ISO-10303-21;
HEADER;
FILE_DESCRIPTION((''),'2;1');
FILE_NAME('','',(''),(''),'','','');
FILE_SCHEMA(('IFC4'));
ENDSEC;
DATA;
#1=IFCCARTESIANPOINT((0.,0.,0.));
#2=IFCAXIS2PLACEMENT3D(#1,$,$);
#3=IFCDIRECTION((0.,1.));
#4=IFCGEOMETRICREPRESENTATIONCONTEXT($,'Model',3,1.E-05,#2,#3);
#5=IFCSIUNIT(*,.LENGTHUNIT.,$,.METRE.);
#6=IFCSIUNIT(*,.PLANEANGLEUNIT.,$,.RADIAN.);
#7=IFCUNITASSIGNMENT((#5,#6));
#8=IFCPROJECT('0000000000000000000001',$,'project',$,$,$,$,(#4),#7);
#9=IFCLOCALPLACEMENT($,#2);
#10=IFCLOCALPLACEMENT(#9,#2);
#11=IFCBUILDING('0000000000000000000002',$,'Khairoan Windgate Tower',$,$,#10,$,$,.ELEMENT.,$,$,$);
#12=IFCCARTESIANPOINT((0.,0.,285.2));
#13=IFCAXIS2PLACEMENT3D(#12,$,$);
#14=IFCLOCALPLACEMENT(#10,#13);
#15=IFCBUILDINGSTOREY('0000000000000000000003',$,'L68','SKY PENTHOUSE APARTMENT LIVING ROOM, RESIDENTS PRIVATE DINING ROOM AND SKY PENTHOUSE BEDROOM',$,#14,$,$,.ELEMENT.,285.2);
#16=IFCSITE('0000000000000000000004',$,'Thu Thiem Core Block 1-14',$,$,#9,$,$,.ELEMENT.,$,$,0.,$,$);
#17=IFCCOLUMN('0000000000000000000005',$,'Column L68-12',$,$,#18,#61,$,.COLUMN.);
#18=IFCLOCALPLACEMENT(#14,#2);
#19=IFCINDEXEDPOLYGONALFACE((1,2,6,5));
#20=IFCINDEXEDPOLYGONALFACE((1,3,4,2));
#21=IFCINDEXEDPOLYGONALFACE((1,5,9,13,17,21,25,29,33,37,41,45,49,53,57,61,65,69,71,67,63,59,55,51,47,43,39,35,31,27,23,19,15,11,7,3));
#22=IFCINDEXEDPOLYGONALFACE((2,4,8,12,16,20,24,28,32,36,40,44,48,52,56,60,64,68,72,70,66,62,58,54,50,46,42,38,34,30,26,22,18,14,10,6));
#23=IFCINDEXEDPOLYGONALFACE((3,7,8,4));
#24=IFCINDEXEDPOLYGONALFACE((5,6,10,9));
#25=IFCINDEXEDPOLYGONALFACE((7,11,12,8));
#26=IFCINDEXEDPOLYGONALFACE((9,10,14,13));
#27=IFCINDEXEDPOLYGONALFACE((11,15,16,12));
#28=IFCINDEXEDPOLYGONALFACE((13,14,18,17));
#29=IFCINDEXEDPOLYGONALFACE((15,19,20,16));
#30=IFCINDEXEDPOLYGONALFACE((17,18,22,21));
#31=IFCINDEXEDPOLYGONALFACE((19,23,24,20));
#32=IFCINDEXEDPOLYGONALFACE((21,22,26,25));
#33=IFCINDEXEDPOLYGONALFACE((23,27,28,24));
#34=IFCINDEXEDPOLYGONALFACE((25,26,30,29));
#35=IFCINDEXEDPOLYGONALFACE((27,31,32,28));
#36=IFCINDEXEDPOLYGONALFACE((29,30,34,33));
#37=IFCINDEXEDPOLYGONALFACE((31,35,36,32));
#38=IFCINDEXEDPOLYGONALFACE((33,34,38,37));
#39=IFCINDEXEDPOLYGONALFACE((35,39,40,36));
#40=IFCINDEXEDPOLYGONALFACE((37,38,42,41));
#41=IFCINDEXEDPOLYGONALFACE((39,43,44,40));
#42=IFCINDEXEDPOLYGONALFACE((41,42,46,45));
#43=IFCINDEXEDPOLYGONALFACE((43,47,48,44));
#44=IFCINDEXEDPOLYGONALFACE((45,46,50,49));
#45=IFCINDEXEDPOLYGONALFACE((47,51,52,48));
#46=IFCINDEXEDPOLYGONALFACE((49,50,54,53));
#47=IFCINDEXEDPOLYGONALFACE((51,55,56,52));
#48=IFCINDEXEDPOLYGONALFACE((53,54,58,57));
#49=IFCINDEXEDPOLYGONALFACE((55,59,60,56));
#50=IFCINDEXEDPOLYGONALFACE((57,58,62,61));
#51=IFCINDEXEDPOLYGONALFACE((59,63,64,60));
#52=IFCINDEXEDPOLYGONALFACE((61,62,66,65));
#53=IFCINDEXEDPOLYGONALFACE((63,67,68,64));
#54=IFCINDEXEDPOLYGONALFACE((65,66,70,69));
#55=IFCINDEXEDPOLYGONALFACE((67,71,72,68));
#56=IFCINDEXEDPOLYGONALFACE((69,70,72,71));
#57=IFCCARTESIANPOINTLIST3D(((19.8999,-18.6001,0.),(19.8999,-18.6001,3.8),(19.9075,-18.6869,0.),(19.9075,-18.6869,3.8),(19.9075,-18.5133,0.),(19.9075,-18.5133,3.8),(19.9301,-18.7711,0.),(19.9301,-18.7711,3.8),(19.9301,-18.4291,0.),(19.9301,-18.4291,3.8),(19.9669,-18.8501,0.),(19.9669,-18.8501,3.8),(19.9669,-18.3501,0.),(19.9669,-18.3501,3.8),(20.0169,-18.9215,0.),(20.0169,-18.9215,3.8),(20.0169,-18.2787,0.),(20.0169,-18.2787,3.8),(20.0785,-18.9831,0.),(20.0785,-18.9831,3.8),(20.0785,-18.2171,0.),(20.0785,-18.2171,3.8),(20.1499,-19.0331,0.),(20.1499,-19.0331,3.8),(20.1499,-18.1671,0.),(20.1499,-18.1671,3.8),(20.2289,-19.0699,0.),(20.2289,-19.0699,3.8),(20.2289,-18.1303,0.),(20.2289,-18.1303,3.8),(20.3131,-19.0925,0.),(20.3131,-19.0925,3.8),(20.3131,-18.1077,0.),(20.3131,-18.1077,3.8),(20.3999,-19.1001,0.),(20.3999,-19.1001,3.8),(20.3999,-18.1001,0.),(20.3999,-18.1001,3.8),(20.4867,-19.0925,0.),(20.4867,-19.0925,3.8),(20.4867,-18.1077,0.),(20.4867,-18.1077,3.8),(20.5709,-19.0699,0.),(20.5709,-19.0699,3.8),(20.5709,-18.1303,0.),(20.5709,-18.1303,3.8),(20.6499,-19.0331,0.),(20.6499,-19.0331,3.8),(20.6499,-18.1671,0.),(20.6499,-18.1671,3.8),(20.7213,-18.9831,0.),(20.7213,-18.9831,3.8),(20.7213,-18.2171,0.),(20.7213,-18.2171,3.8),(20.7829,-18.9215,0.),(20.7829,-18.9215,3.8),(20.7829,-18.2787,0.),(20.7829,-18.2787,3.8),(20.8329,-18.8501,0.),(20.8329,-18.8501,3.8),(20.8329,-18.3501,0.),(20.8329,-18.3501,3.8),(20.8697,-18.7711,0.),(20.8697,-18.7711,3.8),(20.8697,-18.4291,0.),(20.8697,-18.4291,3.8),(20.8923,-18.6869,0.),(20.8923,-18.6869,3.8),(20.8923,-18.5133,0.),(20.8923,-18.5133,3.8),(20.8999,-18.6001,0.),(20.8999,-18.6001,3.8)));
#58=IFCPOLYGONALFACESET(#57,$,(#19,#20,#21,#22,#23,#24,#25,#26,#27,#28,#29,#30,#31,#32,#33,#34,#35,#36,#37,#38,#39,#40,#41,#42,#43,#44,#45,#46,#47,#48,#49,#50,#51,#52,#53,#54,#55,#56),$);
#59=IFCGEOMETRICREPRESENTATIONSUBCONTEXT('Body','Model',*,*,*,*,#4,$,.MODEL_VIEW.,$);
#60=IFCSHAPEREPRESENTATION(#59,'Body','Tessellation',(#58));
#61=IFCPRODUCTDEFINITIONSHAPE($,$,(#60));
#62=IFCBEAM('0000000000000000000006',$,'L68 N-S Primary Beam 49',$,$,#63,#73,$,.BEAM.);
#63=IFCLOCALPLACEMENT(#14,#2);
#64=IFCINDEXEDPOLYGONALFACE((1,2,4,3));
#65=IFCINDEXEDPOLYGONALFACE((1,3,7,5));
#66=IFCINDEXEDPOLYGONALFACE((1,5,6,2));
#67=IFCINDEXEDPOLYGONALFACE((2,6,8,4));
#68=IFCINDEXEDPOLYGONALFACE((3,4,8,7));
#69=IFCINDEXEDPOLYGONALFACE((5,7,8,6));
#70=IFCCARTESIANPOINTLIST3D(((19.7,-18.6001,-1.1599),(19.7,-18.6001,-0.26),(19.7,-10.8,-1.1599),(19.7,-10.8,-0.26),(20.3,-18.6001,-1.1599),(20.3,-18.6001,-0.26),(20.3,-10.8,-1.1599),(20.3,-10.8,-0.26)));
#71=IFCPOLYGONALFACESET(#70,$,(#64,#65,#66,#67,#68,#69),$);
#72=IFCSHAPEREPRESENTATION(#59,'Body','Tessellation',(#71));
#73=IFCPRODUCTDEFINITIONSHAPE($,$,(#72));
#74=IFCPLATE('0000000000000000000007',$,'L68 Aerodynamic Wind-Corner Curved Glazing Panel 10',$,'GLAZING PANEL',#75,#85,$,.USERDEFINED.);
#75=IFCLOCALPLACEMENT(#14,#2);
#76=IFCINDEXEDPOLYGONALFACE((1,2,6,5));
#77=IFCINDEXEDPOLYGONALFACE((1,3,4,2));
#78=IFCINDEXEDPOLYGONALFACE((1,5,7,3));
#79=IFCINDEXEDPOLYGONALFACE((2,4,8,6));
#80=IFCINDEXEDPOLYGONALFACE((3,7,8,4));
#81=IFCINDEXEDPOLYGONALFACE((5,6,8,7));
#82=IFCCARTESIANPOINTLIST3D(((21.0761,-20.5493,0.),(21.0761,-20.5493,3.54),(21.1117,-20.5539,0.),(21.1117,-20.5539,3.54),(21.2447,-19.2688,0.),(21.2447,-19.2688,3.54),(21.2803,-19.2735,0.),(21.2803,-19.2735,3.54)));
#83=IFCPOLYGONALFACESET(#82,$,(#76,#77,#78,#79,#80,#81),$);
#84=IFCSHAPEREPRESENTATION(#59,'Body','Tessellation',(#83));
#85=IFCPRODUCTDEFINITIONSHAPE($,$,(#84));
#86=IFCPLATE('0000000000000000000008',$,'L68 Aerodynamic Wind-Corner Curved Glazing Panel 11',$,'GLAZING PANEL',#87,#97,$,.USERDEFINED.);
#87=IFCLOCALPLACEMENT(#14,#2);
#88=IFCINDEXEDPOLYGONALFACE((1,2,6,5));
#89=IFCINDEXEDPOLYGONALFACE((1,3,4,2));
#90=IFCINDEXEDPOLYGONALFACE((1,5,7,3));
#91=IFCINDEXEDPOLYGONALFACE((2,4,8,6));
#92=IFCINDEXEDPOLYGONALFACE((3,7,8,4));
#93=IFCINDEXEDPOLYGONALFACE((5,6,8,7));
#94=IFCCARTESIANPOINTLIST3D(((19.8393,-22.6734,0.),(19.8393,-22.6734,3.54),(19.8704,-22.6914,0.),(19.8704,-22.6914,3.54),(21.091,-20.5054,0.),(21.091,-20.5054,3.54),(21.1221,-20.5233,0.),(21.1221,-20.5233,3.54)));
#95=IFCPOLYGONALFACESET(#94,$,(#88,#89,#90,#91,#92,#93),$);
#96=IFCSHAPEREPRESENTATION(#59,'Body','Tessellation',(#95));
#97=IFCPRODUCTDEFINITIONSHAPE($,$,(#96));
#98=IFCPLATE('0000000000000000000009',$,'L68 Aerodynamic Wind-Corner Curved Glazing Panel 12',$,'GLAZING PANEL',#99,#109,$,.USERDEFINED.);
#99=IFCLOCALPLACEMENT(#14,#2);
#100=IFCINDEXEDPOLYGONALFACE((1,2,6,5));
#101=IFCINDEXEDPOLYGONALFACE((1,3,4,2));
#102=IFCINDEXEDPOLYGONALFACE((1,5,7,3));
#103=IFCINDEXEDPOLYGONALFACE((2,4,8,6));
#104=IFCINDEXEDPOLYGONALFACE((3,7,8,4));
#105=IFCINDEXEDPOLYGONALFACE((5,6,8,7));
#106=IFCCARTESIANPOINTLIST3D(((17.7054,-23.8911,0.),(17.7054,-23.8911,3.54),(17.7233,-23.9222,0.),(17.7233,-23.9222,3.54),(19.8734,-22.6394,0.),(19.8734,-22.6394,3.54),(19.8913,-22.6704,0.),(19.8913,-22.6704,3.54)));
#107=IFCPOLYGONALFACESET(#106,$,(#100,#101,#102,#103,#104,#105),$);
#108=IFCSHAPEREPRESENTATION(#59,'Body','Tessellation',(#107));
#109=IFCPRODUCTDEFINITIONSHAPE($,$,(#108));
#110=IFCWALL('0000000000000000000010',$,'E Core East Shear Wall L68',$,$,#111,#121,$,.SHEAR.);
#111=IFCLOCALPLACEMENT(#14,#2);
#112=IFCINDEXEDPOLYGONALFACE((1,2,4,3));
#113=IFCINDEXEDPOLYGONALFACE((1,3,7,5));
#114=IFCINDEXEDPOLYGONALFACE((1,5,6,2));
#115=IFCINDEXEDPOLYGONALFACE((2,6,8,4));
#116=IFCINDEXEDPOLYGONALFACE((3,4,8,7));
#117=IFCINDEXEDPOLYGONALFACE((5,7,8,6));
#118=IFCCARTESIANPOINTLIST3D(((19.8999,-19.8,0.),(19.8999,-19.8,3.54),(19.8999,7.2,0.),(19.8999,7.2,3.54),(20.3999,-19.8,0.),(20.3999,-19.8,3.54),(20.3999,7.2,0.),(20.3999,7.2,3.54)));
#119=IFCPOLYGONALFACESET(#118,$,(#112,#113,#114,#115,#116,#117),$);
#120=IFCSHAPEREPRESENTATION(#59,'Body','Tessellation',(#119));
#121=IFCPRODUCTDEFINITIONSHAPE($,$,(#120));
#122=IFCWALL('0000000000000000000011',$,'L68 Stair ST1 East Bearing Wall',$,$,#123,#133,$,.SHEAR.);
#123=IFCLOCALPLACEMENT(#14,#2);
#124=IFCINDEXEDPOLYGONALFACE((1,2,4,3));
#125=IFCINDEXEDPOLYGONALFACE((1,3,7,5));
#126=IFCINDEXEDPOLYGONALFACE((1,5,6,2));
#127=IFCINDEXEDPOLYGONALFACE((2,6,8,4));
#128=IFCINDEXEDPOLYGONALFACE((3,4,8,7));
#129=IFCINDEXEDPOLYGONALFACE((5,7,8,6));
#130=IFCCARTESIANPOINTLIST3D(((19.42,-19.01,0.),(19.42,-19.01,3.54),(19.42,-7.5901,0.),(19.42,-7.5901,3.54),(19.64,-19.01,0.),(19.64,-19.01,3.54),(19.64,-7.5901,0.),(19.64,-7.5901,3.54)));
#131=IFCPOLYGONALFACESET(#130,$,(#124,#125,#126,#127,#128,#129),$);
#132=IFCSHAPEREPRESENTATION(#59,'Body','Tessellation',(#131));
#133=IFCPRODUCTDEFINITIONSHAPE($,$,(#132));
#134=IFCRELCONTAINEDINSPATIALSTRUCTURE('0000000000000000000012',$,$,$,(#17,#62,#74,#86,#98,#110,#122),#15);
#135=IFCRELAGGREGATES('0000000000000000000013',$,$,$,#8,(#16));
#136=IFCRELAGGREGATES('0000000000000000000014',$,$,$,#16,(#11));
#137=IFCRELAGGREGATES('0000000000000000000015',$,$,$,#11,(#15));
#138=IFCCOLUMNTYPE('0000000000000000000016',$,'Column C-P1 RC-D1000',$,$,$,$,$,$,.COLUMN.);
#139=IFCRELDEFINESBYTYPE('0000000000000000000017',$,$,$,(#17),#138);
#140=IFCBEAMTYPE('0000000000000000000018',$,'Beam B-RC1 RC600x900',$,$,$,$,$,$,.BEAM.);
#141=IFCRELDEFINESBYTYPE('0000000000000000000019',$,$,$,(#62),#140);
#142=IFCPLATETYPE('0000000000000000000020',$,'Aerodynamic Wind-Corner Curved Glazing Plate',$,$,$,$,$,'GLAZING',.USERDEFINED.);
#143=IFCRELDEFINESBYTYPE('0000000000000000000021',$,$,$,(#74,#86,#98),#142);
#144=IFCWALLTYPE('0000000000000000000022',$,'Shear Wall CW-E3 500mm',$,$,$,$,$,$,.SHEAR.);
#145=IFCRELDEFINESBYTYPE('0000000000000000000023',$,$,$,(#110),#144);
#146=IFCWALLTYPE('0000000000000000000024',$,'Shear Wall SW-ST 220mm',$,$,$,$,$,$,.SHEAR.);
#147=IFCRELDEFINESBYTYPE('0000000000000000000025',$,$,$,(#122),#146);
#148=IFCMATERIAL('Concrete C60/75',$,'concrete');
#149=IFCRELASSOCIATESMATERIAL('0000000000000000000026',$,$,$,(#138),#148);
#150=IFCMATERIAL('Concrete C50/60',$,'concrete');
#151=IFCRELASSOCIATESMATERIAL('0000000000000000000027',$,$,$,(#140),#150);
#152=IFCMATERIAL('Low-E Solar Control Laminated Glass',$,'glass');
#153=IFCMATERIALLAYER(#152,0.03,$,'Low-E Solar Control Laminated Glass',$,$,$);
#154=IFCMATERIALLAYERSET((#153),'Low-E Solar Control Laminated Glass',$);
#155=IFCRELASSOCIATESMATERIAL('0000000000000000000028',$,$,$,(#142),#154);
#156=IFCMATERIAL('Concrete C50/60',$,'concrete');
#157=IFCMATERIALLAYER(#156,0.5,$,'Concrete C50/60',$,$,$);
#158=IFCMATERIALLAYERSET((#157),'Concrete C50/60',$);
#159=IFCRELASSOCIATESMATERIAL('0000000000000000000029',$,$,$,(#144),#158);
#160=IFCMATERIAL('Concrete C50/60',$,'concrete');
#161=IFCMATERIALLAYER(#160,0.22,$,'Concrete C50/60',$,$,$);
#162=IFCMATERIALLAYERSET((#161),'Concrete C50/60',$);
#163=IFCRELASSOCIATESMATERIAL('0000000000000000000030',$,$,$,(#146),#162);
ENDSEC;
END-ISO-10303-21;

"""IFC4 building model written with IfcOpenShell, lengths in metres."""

from ifc_helpers import new_model, si_unit, direction, frame, frame_2d, origin, origin_2d, place, context, subcontext, project, spatial, rectangle, circle, extrude, material, layer, layer_set, material_profile, profile_set, type_object, element, save


model = new_model("IFC4")

# Units and contexts
model_context = context("Model", 3, precision=1e-05, world=origin(), true_north=direction((0.0, 1.0)))
body_context = subcontext(model_context, "Body", "Model", "MODEL_VIEW")
ifc_project = project(units=[si_unit("LENGTHUNIT", "METRE"), si_unit("PLANEANGLEUNIT", "RADIAN")], contexts=[model_context])

# Site, building, storey
site_placement = place(None, origin())
site = spatial("IfcSite", under=ifc_project, at=site_placement, Name="Thu Thiem Core Block 1-14", CompositionType="ELEMENT", RefElevation=0.0)
building_placement = place(site_placement, origin())
building = spatial("IfcBuilding", under=site, at=building_placement, Name="Khairoan Windgate Tower", CompositionType="ELEMENT")
storey_placement = place(building_placement, frame((0.0, 0.0, 285.2)))
storey = spatial("IfcBuildingStorey", under=building, at=storey_placement, Name="L68", Description="SKY PENTHOUSE APARTMENT LIVING ROOM, RESIDENTS PRIVATE DINING ROOM AND SKY PENTHOUSE BEDROOM", CompositionType="ELEMENT", Elevation=285.2)

# Column
ifc_material_1 = material(Name="Concrete C60/75", Category="concrete")
ifc_material_profile_1 = material_profile(ifc_material_1, circle(Radius=0.5, at=origin_2d()))
ifc_profile_set_1 = profile_set([ifc_material_profile_1], Name="Concrete C60/75")
column_type = type_object("IfcColumnType", Name="Column C-P1 RC-D1000", PredefinedType="COLUMN", material=ifc_profile_set_1)
column_placement = place(storey_placement, frame((20.3999, -18.6001, 0.0), z_axis=(0.0, 0.0, 1.0), x_axis=(1.0, 0.0, 0.0)))
element("IfcColumn", 1, at=column_placement, inside=storey, type_object=column_type, Name="Column L68-12", PredefinedType="COLUMN", context=body_context, shape_type="SweptSolid", body=[
    extrude(circle(Radius=0.5, at=origin_2d()), origin(), (0.0, 0.0, 1.0), 3.8),
])

# Beam
ifc_material_2 = material(Name="Concrete C50/60", Category="concrete")
ifc_material_profile_2 = material_profile(ifc_material_2, rectangle(XDim=0.6001, YDim=0.8999, at=origin_2d()))
ifc_profile_set_2 = profile_set([ifc_material_profile_2], Name="Concrete C50/60")
beam_type = type_object("IfcBeamType", Name="Beam B-RC1 RC600x900", PredefinedType="BEAM", material=ifc_profile_set_2)
beam_placement = place(storey_placement, frame((20.0, -18.6001, -0.71), z_axis=(0.0, 1.0, 0.0), x_axis=(-1.0, 0.0, 0.0)))
element("IfcBeam", 2, at=beam_placement, inside=storey, type_object=beam_type, Name="L68 N-S Primary Beam 49", PredefinedType="BEAM", context=body_context, shape_type="SweptSolid", body=[
    extrude(rectangle(XDim=0.6001, YDim=0.8999, at=origin_2d()), origin(), (0.0, 0.0, 1.0), 7.8),
])

# Plates
ifc_material_3 = material(Name="Low-E Solar Control Laminated Glass", Category="glass")
ifc_layer_1 = layer(ifc_material_3, 0.03, Name="Low-E Solar Control Laminated Glass")
ifc_layer_set_1 = layer_set([ifc_layer_1], Name="Low-E Solar Control Laminated Glass")
plate_type_1 = type_object("IfcPlateType", Name="Aerodynamic Wind-Corner Curved Glazing Plate", ElementType="GLAZING", PredefinedType="USERDEFINED", material=ifc_layer_set_1)
plate_1_placement = place(storey_placement, frame((21.1782, -19.9114, 0.0), z_axis=(0.0, 0.0, 1.0), x_axis=(-0.130526, -0.991445, 0.0)))
element("IfcPlate", 3, at=plate_1_placement, inside=storey, type_object=plate_type_1, Name="L68 Aerodynamic Wind-Corner Curved Glazing Panel 10", ObjectType="GLAZING PANEL", PredefinedType="USERDEFINED", context=body_context, shape_type="SweptSolid", body=[
    extrude(rectangle(XDim=1.2915, YDim=0.0359, at=origin_2d()), origin(), (0.0, 0.0, 1.0), 3.54),
])
for number, where, z_axis, x_axis, name in (
    (4, (20.4807, -21.5984, 0.0), (0.0, 0.0, 1.0), (-0.5, -0.866025, 0.0), "L68 Aerodynamic Wind-Corner Curved Glazing Panel 11"),
    (5, (18.7983, -23.2808, 0.0), (0.0, 0.0, 1.0), (-0.866025, -0.5, 0.0), "L68 Aerodynamic Wind-Corner Curved Glazing Panel 12"),
):
    element("IfcPlate", number, at=place(storey_placement, frame(where, z_axis=z_axis, x_axis=x_axis)), inside=storey, type_object=plate_type_1, Name=name, ObjectType="GLAZING PANEL", PredefinedType="USERDEFINED", context=body_context, shape_type="SweptSolid", body=[
        extrude(rectangle(XDim=2.5034, YDim=0.0359, at=origin_2d()), origin(), (0.0, 0.0, 1.0), 3.54),
    ])

# Walls
ifc_material_4 = material(Name="Concrete C50/60", Category="concrete")
ifc_layer_2 = layer(ifc_material_4, 0.5, Name="Concrete C50/60")
ifc_layer_set_2 = layer_set([ifc_layer_2], Name="Concrete C50/60")
wall_type_1 = type_object("IfcWallType", Name="Shear Wall CW-E3 500mm", PredefinedType="SHEAR", material=ifc_layer_set_2)
wall_1_placement = place(storey_placement, frame((20.1499, -19.8, 0.0), z_axis=(0.0, 0.0, 1.0), x_axis=(0.0, 1.0, 0.0)))
element("IfcWall", 6, at=wall_1_placement, inside=storey, type_object=wall_type_1, Name="E Core East Shear Wall L68", PredefinedType="SHEAR", context=body_context, shape_type="SweptSolid", body=[
    extrude(rectangle(XDim=27.0, YDim=0.5, at=frame_2d((13.5, 0.0))), origin(), (0.0, 0.0, 1.0), 3.54),
])
ifc_material_5 = material(Name="Concrete C50/60", Category="concrete")
ifc_layer_3 = layer(ifc_material_5, 0.22, Name="Concrete C50/60")
ifc_layer_set_3 = layer_set([ifc_layer_3], Name="Concrete C50/60")
wall_type_2 = type_object("IfcWallType", Name="Shear Wall SW-ST 220mm", PredefinedType="SHEAR", material=ifc_layer_set_3)
wall_2_placement = place(storey_placement, frame((19.53, -19.01, 0.0), z_axis=(0.0, 0.0, 1.0), x_axis=(0.0, 1.0, 0.0)))
element("IfcWall", 7, at=wall_2_placement, inside=storey, type_object=wall_type_2, Name="L68 Stair ST1 East Bearing Wall", PredefinedType="SHEAR", context=body_context, shape_type="SweptSolid", body=[
    extrude(rectangle(XDim=11.4199, YDim=0.22, at=frame_2d((5.71, 0.0))), origin(), (0.0, 0.0, 1.0), 3.54),
])

save(model, "model.ifc")
